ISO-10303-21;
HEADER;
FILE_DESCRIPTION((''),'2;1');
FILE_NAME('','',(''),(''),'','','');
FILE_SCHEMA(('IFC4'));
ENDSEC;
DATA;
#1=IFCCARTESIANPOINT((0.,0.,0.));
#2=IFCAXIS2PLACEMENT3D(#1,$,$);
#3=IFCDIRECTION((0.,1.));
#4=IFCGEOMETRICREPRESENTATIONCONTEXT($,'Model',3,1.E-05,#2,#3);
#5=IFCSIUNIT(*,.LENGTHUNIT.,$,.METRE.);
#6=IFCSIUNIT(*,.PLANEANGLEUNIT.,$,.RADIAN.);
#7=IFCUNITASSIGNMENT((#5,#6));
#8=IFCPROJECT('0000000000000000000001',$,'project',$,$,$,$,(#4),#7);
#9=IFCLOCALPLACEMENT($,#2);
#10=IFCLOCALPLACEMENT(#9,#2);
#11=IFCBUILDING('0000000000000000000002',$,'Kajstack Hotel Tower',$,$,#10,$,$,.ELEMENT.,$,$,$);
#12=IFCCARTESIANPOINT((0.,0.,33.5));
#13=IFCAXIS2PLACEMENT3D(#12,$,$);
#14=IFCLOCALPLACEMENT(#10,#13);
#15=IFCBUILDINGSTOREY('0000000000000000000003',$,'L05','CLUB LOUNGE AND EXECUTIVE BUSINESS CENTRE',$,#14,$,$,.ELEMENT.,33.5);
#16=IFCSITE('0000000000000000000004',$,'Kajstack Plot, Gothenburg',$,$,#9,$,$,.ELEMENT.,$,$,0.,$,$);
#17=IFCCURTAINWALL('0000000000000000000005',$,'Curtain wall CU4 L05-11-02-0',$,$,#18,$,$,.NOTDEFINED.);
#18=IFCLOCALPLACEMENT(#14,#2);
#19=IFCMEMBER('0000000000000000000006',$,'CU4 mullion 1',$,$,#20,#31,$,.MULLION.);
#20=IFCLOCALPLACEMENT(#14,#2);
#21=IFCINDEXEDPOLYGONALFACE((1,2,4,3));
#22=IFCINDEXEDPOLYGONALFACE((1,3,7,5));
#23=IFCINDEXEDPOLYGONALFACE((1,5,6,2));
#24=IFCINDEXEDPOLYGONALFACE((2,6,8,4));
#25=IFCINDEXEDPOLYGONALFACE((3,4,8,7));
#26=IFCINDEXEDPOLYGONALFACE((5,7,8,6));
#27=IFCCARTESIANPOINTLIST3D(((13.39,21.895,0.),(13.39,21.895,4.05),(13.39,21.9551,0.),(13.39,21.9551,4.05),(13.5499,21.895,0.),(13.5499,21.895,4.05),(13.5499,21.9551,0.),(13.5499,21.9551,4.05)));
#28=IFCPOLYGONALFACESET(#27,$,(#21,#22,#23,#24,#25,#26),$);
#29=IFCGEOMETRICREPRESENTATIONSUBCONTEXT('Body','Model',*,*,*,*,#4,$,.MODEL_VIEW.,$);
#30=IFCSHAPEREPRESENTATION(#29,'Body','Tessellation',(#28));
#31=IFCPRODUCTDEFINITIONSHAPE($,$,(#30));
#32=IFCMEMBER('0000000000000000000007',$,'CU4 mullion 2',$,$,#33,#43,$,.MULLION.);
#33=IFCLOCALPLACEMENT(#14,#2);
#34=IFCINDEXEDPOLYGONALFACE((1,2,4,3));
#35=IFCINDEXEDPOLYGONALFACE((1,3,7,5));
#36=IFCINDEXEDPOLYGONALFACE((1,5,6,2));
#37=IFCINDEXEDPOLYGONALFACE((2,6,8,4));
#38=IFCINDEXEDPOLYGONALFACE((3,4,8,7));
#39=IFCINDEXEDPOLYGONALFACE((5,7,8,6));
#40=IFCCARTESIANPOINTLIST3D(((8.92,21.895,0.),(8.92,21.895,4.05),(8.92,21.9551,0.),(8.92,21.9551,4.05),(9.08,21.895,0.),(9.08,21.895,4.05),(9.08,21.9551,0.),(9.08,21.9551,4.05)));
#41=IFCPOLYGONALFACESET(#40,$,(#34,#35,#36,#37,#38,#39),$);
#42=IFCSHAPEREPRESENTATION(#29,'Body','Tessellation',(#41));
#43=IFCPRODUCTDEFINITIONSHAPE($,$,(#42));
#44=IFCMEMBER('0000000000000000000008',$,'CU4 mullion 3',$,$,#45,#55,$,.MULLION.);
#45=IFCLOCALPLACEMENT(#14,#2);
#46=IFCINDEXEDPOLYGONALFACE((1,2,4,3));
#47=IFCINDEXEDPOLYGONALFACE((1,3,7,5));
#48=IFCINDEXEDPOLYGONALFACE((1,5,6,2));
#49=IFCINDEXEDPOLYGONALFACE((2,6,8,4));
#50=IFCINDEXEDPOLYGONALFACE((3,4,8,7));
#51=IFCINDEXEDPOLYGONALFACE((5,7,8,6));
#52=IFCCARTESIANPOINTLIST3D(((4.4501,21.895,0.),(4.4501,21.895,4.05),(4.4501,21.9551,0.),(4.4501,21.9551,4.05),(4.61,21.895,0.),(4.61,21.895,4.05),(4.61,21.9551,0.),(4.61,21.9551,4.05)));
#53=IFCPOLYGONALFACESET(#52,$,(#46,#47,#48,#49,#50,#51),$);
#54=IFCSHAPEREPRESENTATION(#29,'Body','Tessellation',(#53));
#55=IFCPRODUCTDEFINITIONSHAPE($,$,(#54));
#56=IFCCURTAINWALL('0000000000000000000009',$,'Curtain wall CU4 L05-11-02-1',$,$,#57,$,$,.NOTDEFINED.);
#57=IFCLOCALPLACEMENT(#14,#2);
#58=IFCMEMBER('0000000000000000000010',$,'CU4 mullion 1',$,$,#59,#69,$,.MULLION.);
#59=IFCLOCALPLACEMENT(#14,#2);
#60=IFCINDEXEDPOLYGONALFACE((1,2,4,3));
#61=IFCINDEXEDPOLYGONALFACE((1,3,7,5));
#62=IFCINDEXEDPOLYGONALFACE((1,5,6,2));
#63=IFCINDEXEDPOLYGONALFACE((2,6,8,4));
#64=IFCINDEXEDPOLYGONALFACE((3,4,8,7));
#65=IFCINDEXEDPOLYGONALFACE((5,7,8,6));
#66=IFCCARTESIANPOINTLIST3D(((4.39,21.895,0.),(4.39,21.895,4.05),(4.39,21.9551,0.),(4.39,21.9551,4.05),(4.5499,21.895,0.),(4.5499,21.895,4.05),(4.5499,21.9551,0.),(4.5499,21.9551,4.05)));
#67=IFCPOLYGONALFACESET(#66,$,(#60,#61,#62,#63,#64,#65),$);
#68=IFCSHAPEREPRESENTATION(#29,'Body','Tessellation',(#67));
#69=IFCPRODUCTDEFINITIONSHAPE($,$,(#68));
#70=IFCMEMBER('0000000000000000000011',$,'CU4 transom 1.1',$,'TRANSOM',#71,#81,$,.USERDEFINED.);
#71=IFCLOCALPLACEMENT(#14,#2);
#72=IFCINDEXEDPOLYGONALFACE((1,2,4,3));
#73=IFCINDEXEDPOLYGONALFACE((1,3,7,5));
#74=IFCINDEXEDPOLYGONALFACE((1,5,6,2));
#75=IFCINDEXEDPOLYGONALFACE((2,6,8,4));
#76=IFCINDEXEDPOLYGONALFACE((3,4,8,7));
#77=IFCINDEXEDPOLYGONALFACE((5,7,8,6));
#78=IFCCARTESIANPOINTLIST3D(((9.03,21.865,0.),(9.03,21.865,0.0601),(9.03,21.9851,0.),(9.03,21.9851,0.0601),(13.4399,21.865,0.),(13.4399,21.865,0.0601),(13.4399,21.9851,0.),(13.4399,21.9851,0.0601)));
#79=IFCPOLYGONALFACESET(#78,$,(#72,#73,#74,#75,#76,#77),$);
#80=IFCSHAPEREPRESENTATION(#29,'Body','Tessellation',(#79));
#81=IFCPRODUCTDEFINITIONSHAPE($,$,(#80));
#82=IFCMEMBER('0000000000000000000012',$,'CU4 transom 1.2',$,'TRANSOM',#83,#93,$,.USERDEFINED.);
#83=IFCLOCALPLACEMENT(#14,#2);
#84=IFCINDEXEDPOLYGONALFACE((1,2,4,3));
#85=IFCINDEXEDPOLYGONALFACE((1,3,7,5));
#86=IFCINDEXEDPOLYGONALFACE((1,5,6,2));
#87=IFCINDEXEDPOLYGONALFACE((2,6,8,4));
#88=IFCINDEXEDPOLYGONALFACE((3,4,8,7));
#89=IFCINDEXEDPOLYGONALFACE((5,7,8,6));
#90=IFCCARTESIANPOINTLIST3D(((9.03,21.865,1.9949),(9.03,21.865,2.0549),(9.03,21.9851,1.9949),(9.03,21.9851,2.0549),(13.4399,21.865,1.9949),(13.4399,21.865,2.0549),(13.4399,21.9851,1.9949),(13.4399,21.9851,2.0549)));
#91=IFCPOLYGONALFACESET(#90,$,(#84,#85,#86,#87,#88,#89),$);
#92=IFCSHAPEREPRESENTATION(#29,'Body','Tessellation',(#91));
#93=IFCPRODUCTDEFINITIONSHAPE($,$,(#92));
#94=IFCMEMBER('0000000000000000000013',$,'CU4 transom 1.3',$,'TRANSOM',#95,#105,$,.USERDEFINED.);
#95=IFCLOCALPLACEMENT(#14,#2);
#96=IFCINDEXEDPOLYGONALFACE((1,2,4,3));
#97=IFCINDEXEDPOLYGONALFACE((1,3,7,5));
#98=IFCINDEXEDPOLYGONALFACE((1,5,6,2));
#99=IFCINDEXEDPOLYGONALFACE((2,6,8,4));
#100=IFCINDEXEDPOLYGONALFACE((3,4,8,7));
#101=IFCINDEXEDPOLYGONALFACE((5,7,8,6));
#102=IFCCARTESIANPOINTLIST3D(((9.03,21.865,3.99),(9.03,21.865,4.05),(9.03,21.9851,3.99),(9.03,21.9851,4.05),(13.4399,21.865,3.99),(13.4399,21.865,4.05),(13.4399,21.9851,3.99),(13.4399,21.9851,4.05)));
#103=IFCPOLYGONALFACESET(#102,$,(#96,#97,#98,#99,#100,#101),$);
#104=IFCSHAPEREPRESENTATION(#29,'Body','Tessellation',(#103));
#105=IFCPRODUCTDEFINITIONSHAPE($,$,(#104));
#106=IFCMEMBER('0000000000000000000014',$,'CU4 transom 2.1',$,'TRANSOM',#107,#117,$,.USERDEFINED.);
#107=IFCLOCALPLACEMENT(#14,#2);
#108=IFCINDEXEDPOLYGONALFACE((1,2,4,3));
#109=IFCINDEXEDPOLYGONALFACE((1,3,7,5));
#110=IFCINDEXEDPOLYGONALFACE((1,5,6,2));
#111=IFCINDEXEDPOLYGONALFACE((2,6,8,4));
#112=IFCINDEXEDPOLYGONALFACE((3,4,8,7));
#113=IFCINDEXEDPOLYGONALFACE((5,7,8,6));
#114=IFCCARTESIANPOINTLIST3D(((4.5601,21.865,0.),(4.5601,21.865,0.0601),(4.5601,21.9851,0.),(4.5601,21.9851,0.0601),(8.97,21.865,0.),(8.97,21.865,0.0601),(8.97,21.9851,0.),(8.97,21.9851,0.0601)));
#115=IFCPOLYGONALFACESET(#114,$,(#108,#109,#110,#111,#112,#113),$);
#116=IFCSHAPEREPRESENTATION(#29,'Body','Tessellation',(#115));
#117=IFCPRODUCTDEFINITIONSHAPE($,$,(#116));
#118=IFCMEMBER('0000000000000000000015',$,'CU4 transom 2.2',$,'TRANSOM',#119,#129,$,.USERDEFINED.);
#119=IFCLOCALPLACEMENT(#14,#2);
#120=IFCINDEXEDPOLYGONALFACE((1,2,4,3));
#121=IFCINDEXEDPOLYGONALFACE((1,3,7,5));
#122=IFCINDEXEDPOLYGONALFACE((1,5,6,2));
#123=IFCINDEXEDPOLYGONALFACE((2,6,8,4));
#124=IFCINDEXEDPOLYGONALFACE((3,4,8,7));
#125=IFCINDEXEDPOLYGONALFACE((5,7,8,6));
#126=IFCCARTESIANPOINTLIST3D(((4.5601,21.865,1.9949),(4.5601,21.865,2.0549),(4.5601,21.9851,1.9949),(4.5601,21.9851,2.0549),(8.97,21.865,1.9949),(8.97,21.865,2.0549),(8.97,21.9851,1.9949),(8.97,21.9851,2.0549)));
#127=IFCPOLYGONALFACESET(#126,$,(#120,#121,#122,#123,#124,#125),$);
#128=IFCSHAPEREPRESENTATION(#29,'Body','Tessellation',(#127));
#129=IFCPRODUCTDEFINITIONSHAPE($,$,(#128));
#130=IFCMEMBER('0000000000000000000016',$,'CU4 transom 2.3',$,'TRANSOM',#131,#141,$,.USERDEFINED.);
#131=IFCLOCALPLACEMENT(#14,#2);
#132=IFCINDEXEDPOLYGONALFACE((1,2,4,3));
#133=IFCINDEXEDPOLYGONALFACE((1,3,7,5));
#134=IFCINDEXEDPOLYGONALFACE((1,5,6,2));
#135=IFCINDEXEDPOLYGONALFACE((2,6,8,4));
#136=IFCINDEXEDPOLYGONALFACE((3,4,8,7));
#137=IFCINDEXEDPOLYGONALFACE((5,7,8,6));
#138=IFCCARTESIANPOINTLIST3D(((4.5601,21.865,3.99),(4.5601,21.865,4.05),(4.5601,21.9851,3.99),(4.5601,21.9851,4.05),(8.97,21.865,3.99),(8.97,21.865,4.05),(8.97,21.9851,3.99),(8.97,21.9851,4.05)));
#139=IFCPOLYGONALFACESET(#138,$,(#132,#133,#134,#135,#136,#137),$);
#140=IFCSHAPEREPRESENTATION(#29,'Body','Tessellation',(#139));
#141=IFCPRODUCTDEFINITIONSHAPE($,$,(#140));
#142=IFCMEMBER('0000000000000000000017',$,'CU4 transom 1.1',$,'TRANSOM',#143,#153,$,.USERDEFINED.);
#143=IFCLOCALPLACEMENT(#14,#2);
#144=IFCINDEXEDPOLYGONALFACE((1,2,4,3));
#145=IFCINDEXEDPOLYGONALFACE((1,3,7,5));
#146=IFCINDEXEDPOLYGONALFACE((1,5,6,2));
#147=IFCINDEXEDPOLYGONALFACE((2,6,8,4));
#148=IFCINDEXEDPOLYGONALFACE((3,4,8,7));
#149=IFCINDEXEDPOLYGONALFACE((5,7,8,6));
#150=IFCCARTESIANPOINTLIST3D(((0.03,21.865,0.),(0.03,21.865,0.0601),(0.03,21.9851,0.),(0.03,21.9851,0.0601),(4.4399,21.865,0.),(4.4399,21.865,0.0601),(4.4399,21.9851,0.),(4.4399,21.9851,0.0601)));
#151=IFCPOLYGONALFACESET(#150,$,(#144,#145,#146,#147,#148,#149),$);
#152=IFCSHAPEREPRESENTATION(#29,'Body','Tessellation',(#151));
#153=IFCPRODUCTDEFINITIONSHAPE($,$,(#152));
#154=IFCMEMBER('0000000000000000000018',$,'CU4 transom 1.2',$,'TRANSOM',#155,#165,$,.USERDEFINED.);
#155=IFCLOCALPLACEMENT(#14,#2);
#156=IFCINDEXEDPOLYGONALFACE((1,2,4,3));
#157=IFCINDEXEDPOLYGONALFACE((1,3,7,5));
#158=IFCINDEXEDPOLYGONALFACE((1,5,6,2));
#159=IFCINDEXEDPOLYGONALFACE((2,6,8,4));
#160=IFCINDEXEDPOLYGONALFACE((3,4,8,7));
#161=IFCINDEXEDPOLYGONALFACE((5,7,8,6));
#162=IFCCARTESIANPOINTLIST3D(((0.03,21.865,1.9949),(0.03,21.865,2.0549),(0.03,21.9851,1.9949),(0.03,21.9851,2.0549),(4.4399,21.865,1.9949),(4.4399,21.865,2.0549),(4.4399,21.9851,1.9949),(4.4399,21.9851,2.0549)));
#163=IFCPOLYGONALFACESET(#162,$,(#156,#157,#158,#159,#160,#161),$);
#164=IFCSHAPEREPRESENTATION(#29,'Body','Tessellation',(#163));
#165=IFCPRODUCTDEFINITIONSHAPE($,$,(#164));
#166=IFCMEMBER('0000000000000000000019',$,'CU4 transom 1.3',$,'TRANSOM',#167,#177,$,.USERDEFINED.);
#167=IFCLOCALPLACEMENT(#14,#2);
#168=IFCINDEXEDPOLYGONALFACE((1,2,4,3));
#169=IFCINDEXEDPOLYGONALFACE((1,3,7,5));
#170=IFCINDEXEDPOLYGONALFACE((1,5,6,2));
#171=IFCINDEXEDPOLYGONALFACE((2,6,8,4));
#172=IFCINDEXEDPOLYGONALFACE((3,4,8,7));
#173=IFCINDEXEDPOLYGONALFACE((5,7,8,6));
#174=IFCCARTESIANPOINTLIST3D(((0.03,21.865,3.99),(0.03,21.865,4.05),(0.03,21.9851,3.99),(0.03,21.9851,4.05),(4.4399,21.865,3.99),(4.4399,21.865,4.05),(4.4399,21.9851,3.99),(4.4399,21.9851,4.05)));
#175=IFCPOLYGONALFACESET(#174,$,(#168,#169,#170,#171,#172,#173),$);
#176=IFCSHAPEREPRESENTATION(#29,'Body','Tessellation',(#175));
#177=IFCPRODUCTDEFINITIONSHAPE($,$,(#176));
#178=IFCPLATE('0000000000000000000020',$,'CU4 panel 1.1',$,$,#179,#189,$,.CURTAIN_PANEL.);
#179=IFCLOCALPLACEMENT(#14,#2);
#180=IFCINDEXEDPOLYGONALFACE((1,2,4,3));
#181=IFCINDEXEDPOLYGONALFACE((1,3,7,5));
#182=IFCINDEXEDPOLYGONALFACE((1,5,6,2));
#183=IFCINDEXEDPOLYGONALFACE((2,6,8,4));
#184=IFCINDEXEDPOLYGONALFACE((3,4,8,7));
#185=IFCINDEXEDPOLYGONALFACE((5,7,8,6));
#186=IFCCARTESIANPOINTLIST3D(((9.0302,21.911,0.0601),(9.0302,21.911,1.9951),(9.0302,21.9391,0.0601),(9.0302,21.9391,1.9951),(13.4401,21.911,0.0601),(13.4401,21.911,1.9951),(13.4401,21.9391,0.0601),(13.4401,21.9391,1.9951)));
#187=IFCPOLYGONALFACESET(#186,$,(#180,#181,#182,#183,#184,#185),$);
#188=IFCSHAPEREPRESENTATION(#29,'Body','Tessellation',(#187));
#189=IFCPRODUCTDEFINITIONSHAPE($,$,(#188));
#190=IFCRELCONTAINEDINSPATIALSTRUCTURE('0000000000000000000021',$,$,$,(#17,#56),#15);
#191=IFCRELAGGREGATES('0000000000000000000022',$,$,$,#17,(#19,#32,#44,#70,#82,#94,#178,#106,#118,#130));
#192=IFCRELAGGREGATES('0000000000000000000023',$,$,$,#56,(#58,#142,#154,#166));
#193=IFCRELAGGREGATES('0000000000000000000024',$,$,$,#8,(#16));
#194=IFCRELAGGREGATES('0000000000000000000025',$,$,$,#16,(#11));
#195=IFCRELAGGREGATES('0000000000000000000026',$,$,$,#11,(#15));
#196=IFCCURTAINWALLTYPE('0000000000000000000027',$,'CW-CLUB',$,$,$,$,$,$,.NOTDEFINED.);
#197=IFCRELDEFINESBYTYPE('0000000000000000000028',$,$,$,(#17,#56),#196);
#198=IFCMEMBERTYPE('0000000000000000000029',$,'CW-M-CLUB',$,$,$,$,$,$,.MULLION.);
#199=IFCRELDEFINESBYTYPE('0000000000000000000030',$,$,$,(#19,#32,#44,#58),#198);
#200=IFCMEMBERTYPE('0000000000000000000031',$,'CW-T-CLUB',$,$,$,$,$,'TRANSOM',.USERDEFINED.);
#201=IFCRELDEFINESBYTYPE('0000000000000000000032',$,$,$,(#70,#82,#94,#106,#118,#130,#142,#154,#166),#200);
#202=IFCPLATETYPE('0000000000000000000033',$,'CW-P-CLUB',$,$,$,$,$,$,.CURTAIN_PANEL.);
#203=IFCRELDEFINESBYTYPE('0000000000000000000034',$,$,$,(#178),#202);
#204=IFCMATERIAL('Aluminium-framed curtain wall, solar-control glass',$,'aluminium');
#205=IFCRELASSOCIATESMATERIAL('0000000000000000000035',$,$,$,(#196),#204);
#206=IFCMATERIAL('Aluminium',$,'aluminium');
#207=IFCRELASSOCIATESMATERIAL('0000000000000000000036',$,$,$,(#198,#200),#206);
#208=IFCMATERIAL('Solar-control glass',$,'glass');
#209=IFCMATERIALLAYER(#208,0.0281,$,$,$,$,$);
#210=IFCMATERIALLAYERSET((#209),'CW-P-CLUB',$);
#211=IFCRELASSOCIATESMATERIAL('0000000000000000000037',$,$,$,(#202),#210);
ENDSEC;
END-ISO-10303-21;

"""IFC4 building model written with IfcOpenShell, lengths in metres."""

from ifc_helpers import new_model, si_unit, direction, frame, origin, origin_2d, place, context, subcontext, project, spatial, rectangle, extrude, material, layer, layer_set, material_profile, profile_set, type_object, element, aggregate, save


model = new_model("IFC4")

# Units and contexts
model_context = context("Model", 3, precision=1e-05, world=origin(), true_north=direction((0.0, 1.0)))
body_context = subcontext(model_context, "Body", "Model", "MODEL_VIEW")
ifc_project = project(units=[si_unit("LENGTHUNIT", "METRE"), si_unit("PLANEANGLEUNIT", "RADIAN")], contexts=[model_context])

# Site, building, storey
site_placement = place(None, origin())
site = spatial("IfcSite", under=ifc_project, at=site_placement, Name="Kajstack Plot, Gothenburg", CompositionType="ELEMENT", RefElevation=0.0)
building_placement = place(site_placement, origin())
building = spatial("IfcBuilding", under=site, at=building_placement, Name="Kajstack Hotel Tower", CompositionType="ELEMENT")
storey_placement = place(building_placement, frame((0.0, 0.0, 33.5)))
storey = spatial("IfcBuildingStorey", under=building, at=storey_placement, Name="L05", Description="CLUB LOUNGE AND EXECUTIVE BUSINESS CENTRE", CompositionType="ELEMENT", Elevation=33.5)

# Curtain wall, members
ifc_material_1 = material(Name="Aluminium-framed curtain wall, solar-control glass", Category="aluminium")
curtain_wall_type = type_object("IfcCurtainWallType", Name="CW-CLUB", PredefinedType="NOTDEFINED", material=ifc_material_1)
curtain_wall_1_placement = place(storey_placement, origin())
curtain_wall_1 = element("IfcCurtainWall", 1, at=curtain_wall_1_placement, inside=storey, type_object=curtain_wall_type, Name="Curtain wall CU4 L05-11-02-0", PredefinedType="NOTDEFINED")
ifc_material_2 = material(Name="Aluminium", Category="aluminium")
ifc_material_profile_1 = material_profile(ifc_material_2, rectangle(XDim=0.0601, YDim=0.1599, at=origin_2d()), Name="Aluminium mullion 60 x 160")
ifc_profile_set_1 = profile_set([ifc_material_profile_1], Name="Aluminium")
member_type_1 = type_object("IfcMemberType", Name="CW-M-CLUB", PredefinedType="MULLION", material=ifc_profile_set_1)
member_1_placement = place(storey_placement, frame((13.47, 21.925, 0.0), z_axis=(0.0, 0.0, 1.0), x_axis=(0.0, -1.0, 0.0)))
member_1 = element("IfcMember", 2, at=member_1_placement, type_object=member_type_1, Name="CU4 mullion 1", PredefinedType="MULLION", context=body_context, shape_type="SweptSolid", body=[
    extrude(rectangle(XDim=0.0601, YDim=0.1599, at=origin_2d()), origin(), (0.0, 0.0, 1.0), 4.05),
])
member_2_placement = place(storey_placement, frame((9.0, 21.925, 0.0), z_axis=(0.0, 0.0, 1.0), x_axis=(0.0, -1.0, 0.0)))
member_2 = element("IfcMember", 3, at=member_2_placement, type_object=member_type_1, Name="CU4 mullion 2", PredefinedType="MULLION", context=body_context, shape_type="SweptSolid", body=[
    extrude(rectangle(XDim=0.0601, YDim=0.1599, at=origin_2d()), origin(), (0.0, 0.0, 1.0), 4.05),
])
member_3_placement = place(storey_placement, frame((4.53, 21.925, 0.0), z_axis=(0.0, 0.0, 1.0), x_axis=(0.0, -1.0, 0.0)))
member_3 = element("IfcMember", 4, at=member_3_placement, type_object=member_type_1, Name="CU4 mullion 3", PredefinedType="MULLION", context=body_context, shape_type="SweptSolid", body=[
    extrude(rectangle(XDim=0.0601, YDim=0.1599, at=origin_2d()), origin(), (0.0, 0.0, 1.0), 4.05),
])

# Curtain wall, member
curtain_wall_2_placement = place(storey_placement, origin())
curtain_wall_2 = element("IfcCurtainWall", 5, at=curtain_wall_2_placement, inside=storey, type_object=curtain_wall_type, Name="Curtain wall CU4 L05-11-02-1", PredefinedType="NOTDEFINED")
member_4_placement = place(storey_placement, frame((4.47, 21.925, 0.0), z_axis=(0.0, 0.0, 1.0), x_axis=(0.0, -1.0, 0.0)))
member_4 = element("IfcMember", 6, at=member_4_placement, type_object=member_type_1, Name="CU4 mullion 1", PredefinedType="MULLION", context=body_context, shape_type="SweptSolid", body=[
    extrude(rectangle(XDim=0.0601, YDim=0.1599, at=origin_2d()), origin(), (0.0, 0.0, 1.0), 4.05),
])

# Members
ifc_material_profile_2 = material_profile(ifc_material_2, rectangle(XDim=0.1201, YDim=0.0601, at=origin_2d()), Name="Aluminium transom 120 x 60")
ifc_profile_set_2 = profile_set([ifc_material_profile_2], Name="Aluminium")
member_type_2 = type_object("IfcMemberType", Name="CW-T-CLUB", ElementType="TRANSOM", PredefinedType="USERDEFINED", material=ifc_profile_set_2)
member_5_placement = place(storey_placement, frame((13.4399, 21.925, 0.03), z_axis=(-1.0, 0.0, 0.0), x_axis=(0.0, -1.0, 0.0)))
member_5 = element("IfcMember", 7, at=member_5_placement, type_object=member_type_2, Name="CU4 transom 1.1", ObjectType="TRANSOM", PredefinedType="USERDEFINED", context=body_context, shape_type="SweptSolid", body=[
    extrude(rectangle(XDim=0.1201, YDim=0.0601, at=origin_2d()), origin(), (0.0, 0.0, 1.0), 4.4099),
])
member_6_placement = place(storey_placement, frame((13.4399, 21.925, 2.0249), z_axis=(-1.0, 0.0, 0.0), x_axis=(0.0, -1.0, 0.0)))
member_6 = element("IfcMember", 8, at=member_6_placement, type_object=member_type_2, Name="CU4 transom 1.2", ObjectType="TRANSOM", PredefinedType="USERDEFINED", context=body_context, shape_type="SweptSolid", body=[
    extrude(rectangle(XDim=0.1201, YDim=0.0601, at=origin_2d()), origin(), (0.0, 0.0, 1.0), 4.4099),
])
member_7_placement = place(storey_placement, frame((13.4399, 21.925, 4.02), z_axis=(-1.0, 0.0, 0.0), x_axis=(0.0, -1.0, 0.0)))
member_7 = element("IfcMember", 9, at=member_7_placement, type_object=member_type_2, Name="CU4 transom 1.3", ObjectType="TRANSOM", PredefinedType="USERDEFINED", context=body_context, shape_type="SweptSolid", body=[
    extrude(rectangle(XDim=0.1201, YDim=0.0601, at=origin_2d()), origin(), (0.0, 0.0, 1.0), 4.4099),
])
member_8_placement = place(storey_placement, frame((8.97, 21.925, 0.03), z_axis=(-1.0, 0.0, 0.0), x_axis=(0.0, -1.0, 0.0)))
member_8 = element("IfcMember", 10, at=member_8_placement, type_object=member_type_2, Name="CU4 transom 2.1", ObjectType="TRANSOM", PredefinedType="USERDEFINED", context=body_context, shape_type="SweptSolid", body=[
    extrude(rectangle(XDim=0.1201, YDim=0.0601, at=origin_2d()), origin(), (0.0, 0.0, 1.0), 4.4099),
])
member_9_placement = place(storey_placement, frame((8.97, 21.925, 2.0249), z_axis=(-1.0, 0.0, 0.0), x_axis=(0.0, -1.0, 0.0)))
member_9 = element("IfcMember", 11, at=member_9_placement, type_object=member_type_2, Name="CU4 transom 2.2", ObjectType="TRANSOM", PredefinedType="USERDEFINED", context=body_context, shape_type="SweptSolid", body=[
    extrude(rectangle(XDim=0.1201, YDim=0.0601, at=origin_2d()), origin(), (0.0, 0.0, 1.0), 4.4099),
])
member_10_placement = place(storey_placement, frame((8.97, 21.925, 4.02), z_axis=(-1.0, 0.0, 0.0), x_axis=(0.0, -1.0, 0.0)))
member_10 = element("IfcMember", 12, at=member_10_placement, type_object=member_type_2, Name="CU4 transom 2.3", ObjectType="TRANSOM", PredefinedType="USERDEFINED", context=body_context, shape_type="SweptSolid", body=[
    extrude(rectangle(XDim=0.1201, YDim=0.0601, at=origin_2d()), origin(), (0.0, 0.0, 1.0), 4.4099),
])
member_11_placement = place(storey_placement, frame((4.4399, 21.925, 0.03), z_axis=(-1.0, 0.0, 0.0), x_axis=(0.0, -1.0, 0.0)))
member_11 = element("IfcMember", 13, at=member_11_placement, type_object=member_type_2, Name="CU4 transom 1.1", ObjectType="TRANSOM", PredefinedType="USERDEFINED", context=body_context, shape_type="SweptSolid", body=[
    extrude(rectangle(XDim=0.1201, YDim=0.0601, at=origin_2d()), origin(), (0.0, 0.0, 1.0), 4.4099),
])
member_12_placement = place(storey_placement, frame((4.4399, 21.925, 2.0249), z_axis=(-1.0, 0.0, 0.0), x_axis=(0.0, -1.0, 0.0)))
member_12 = element("IfcMember", 14, at=member_12_placement, type_object=member_type_2, Name="CU4 transom 1.2", ObjectType="TRANSOM", PredefinedType="USERDEFINED", context=body_context, shape_type="SweptSolid", body=[
    extrude(rectangle(XDim=0.1201, YDim=0.0601, at=origin_2d()), origin(), (0.0, 0.0, 1.0), 4.4099),
])
member_13_placement = place(storey_placement, frame((4.4399, 21.925, 4.02), z_axis=(-1.0, 0.0, 0.0), x_axis=(0.0, -1.0, 0.0)))
member_13 = element("IfcMember", 15, at=member_13_placement, type_object=member_type_2, Name="CU4 transom 1.3", ObjectType="TRANSOM", PredefinedType="USERDEFINED", context=body_context, shape_type="SweptSolid", body=[
    extrude(rectangle(XDim=0.1201, YDim=0.0601, at=origin_2d()), origin(), (0.0, 0.0, 1.0), 4.4099),
])

# Plate
ifc_material_3 = material(Name="Solar-control glass", Category="glass")
ifc_layer = layer(ifc_material_3, 0.0281)
ifc_layer_set = layer_set([ifc_layer], Name="CW-P-CLUB")
plate_type = type_object("IfcPlateType", Name="CW-P-CLUB", PredefinedType="CURTAIN_PANEL", material=ifc_layer_set)
plate_1_placement = place(storey_placement, frame((11.2351, 21.925, 0.0601), z_axis=(0.0, 0.0, 1.0), x_axis=(-1.0, 0.0, 0.0)))
plate_1 = element("IfcPlate", 16, at=plate_1_placement, type_object=plate_type, Name="CU4 panel 1.1", PredefinedType="CURTAIN_PANEL", context=body_context, shape_type="SweptSolid", body=[
    extrude(rectangle(XDim=4.4099, YDim=0.0281, at=origin_2d()), origin(), (0.0, 0.0, 1.0), 1.9351),
])
aggregate(curtain_wall_1, [member_1, member_2, member_3, member_5, member_6, member_7, plate_1, member_8, member_9, member_10])
aggregate(curtain_wall_2, [member_4, member_11, member_12, member_13])

save(model, "model.ifc")
